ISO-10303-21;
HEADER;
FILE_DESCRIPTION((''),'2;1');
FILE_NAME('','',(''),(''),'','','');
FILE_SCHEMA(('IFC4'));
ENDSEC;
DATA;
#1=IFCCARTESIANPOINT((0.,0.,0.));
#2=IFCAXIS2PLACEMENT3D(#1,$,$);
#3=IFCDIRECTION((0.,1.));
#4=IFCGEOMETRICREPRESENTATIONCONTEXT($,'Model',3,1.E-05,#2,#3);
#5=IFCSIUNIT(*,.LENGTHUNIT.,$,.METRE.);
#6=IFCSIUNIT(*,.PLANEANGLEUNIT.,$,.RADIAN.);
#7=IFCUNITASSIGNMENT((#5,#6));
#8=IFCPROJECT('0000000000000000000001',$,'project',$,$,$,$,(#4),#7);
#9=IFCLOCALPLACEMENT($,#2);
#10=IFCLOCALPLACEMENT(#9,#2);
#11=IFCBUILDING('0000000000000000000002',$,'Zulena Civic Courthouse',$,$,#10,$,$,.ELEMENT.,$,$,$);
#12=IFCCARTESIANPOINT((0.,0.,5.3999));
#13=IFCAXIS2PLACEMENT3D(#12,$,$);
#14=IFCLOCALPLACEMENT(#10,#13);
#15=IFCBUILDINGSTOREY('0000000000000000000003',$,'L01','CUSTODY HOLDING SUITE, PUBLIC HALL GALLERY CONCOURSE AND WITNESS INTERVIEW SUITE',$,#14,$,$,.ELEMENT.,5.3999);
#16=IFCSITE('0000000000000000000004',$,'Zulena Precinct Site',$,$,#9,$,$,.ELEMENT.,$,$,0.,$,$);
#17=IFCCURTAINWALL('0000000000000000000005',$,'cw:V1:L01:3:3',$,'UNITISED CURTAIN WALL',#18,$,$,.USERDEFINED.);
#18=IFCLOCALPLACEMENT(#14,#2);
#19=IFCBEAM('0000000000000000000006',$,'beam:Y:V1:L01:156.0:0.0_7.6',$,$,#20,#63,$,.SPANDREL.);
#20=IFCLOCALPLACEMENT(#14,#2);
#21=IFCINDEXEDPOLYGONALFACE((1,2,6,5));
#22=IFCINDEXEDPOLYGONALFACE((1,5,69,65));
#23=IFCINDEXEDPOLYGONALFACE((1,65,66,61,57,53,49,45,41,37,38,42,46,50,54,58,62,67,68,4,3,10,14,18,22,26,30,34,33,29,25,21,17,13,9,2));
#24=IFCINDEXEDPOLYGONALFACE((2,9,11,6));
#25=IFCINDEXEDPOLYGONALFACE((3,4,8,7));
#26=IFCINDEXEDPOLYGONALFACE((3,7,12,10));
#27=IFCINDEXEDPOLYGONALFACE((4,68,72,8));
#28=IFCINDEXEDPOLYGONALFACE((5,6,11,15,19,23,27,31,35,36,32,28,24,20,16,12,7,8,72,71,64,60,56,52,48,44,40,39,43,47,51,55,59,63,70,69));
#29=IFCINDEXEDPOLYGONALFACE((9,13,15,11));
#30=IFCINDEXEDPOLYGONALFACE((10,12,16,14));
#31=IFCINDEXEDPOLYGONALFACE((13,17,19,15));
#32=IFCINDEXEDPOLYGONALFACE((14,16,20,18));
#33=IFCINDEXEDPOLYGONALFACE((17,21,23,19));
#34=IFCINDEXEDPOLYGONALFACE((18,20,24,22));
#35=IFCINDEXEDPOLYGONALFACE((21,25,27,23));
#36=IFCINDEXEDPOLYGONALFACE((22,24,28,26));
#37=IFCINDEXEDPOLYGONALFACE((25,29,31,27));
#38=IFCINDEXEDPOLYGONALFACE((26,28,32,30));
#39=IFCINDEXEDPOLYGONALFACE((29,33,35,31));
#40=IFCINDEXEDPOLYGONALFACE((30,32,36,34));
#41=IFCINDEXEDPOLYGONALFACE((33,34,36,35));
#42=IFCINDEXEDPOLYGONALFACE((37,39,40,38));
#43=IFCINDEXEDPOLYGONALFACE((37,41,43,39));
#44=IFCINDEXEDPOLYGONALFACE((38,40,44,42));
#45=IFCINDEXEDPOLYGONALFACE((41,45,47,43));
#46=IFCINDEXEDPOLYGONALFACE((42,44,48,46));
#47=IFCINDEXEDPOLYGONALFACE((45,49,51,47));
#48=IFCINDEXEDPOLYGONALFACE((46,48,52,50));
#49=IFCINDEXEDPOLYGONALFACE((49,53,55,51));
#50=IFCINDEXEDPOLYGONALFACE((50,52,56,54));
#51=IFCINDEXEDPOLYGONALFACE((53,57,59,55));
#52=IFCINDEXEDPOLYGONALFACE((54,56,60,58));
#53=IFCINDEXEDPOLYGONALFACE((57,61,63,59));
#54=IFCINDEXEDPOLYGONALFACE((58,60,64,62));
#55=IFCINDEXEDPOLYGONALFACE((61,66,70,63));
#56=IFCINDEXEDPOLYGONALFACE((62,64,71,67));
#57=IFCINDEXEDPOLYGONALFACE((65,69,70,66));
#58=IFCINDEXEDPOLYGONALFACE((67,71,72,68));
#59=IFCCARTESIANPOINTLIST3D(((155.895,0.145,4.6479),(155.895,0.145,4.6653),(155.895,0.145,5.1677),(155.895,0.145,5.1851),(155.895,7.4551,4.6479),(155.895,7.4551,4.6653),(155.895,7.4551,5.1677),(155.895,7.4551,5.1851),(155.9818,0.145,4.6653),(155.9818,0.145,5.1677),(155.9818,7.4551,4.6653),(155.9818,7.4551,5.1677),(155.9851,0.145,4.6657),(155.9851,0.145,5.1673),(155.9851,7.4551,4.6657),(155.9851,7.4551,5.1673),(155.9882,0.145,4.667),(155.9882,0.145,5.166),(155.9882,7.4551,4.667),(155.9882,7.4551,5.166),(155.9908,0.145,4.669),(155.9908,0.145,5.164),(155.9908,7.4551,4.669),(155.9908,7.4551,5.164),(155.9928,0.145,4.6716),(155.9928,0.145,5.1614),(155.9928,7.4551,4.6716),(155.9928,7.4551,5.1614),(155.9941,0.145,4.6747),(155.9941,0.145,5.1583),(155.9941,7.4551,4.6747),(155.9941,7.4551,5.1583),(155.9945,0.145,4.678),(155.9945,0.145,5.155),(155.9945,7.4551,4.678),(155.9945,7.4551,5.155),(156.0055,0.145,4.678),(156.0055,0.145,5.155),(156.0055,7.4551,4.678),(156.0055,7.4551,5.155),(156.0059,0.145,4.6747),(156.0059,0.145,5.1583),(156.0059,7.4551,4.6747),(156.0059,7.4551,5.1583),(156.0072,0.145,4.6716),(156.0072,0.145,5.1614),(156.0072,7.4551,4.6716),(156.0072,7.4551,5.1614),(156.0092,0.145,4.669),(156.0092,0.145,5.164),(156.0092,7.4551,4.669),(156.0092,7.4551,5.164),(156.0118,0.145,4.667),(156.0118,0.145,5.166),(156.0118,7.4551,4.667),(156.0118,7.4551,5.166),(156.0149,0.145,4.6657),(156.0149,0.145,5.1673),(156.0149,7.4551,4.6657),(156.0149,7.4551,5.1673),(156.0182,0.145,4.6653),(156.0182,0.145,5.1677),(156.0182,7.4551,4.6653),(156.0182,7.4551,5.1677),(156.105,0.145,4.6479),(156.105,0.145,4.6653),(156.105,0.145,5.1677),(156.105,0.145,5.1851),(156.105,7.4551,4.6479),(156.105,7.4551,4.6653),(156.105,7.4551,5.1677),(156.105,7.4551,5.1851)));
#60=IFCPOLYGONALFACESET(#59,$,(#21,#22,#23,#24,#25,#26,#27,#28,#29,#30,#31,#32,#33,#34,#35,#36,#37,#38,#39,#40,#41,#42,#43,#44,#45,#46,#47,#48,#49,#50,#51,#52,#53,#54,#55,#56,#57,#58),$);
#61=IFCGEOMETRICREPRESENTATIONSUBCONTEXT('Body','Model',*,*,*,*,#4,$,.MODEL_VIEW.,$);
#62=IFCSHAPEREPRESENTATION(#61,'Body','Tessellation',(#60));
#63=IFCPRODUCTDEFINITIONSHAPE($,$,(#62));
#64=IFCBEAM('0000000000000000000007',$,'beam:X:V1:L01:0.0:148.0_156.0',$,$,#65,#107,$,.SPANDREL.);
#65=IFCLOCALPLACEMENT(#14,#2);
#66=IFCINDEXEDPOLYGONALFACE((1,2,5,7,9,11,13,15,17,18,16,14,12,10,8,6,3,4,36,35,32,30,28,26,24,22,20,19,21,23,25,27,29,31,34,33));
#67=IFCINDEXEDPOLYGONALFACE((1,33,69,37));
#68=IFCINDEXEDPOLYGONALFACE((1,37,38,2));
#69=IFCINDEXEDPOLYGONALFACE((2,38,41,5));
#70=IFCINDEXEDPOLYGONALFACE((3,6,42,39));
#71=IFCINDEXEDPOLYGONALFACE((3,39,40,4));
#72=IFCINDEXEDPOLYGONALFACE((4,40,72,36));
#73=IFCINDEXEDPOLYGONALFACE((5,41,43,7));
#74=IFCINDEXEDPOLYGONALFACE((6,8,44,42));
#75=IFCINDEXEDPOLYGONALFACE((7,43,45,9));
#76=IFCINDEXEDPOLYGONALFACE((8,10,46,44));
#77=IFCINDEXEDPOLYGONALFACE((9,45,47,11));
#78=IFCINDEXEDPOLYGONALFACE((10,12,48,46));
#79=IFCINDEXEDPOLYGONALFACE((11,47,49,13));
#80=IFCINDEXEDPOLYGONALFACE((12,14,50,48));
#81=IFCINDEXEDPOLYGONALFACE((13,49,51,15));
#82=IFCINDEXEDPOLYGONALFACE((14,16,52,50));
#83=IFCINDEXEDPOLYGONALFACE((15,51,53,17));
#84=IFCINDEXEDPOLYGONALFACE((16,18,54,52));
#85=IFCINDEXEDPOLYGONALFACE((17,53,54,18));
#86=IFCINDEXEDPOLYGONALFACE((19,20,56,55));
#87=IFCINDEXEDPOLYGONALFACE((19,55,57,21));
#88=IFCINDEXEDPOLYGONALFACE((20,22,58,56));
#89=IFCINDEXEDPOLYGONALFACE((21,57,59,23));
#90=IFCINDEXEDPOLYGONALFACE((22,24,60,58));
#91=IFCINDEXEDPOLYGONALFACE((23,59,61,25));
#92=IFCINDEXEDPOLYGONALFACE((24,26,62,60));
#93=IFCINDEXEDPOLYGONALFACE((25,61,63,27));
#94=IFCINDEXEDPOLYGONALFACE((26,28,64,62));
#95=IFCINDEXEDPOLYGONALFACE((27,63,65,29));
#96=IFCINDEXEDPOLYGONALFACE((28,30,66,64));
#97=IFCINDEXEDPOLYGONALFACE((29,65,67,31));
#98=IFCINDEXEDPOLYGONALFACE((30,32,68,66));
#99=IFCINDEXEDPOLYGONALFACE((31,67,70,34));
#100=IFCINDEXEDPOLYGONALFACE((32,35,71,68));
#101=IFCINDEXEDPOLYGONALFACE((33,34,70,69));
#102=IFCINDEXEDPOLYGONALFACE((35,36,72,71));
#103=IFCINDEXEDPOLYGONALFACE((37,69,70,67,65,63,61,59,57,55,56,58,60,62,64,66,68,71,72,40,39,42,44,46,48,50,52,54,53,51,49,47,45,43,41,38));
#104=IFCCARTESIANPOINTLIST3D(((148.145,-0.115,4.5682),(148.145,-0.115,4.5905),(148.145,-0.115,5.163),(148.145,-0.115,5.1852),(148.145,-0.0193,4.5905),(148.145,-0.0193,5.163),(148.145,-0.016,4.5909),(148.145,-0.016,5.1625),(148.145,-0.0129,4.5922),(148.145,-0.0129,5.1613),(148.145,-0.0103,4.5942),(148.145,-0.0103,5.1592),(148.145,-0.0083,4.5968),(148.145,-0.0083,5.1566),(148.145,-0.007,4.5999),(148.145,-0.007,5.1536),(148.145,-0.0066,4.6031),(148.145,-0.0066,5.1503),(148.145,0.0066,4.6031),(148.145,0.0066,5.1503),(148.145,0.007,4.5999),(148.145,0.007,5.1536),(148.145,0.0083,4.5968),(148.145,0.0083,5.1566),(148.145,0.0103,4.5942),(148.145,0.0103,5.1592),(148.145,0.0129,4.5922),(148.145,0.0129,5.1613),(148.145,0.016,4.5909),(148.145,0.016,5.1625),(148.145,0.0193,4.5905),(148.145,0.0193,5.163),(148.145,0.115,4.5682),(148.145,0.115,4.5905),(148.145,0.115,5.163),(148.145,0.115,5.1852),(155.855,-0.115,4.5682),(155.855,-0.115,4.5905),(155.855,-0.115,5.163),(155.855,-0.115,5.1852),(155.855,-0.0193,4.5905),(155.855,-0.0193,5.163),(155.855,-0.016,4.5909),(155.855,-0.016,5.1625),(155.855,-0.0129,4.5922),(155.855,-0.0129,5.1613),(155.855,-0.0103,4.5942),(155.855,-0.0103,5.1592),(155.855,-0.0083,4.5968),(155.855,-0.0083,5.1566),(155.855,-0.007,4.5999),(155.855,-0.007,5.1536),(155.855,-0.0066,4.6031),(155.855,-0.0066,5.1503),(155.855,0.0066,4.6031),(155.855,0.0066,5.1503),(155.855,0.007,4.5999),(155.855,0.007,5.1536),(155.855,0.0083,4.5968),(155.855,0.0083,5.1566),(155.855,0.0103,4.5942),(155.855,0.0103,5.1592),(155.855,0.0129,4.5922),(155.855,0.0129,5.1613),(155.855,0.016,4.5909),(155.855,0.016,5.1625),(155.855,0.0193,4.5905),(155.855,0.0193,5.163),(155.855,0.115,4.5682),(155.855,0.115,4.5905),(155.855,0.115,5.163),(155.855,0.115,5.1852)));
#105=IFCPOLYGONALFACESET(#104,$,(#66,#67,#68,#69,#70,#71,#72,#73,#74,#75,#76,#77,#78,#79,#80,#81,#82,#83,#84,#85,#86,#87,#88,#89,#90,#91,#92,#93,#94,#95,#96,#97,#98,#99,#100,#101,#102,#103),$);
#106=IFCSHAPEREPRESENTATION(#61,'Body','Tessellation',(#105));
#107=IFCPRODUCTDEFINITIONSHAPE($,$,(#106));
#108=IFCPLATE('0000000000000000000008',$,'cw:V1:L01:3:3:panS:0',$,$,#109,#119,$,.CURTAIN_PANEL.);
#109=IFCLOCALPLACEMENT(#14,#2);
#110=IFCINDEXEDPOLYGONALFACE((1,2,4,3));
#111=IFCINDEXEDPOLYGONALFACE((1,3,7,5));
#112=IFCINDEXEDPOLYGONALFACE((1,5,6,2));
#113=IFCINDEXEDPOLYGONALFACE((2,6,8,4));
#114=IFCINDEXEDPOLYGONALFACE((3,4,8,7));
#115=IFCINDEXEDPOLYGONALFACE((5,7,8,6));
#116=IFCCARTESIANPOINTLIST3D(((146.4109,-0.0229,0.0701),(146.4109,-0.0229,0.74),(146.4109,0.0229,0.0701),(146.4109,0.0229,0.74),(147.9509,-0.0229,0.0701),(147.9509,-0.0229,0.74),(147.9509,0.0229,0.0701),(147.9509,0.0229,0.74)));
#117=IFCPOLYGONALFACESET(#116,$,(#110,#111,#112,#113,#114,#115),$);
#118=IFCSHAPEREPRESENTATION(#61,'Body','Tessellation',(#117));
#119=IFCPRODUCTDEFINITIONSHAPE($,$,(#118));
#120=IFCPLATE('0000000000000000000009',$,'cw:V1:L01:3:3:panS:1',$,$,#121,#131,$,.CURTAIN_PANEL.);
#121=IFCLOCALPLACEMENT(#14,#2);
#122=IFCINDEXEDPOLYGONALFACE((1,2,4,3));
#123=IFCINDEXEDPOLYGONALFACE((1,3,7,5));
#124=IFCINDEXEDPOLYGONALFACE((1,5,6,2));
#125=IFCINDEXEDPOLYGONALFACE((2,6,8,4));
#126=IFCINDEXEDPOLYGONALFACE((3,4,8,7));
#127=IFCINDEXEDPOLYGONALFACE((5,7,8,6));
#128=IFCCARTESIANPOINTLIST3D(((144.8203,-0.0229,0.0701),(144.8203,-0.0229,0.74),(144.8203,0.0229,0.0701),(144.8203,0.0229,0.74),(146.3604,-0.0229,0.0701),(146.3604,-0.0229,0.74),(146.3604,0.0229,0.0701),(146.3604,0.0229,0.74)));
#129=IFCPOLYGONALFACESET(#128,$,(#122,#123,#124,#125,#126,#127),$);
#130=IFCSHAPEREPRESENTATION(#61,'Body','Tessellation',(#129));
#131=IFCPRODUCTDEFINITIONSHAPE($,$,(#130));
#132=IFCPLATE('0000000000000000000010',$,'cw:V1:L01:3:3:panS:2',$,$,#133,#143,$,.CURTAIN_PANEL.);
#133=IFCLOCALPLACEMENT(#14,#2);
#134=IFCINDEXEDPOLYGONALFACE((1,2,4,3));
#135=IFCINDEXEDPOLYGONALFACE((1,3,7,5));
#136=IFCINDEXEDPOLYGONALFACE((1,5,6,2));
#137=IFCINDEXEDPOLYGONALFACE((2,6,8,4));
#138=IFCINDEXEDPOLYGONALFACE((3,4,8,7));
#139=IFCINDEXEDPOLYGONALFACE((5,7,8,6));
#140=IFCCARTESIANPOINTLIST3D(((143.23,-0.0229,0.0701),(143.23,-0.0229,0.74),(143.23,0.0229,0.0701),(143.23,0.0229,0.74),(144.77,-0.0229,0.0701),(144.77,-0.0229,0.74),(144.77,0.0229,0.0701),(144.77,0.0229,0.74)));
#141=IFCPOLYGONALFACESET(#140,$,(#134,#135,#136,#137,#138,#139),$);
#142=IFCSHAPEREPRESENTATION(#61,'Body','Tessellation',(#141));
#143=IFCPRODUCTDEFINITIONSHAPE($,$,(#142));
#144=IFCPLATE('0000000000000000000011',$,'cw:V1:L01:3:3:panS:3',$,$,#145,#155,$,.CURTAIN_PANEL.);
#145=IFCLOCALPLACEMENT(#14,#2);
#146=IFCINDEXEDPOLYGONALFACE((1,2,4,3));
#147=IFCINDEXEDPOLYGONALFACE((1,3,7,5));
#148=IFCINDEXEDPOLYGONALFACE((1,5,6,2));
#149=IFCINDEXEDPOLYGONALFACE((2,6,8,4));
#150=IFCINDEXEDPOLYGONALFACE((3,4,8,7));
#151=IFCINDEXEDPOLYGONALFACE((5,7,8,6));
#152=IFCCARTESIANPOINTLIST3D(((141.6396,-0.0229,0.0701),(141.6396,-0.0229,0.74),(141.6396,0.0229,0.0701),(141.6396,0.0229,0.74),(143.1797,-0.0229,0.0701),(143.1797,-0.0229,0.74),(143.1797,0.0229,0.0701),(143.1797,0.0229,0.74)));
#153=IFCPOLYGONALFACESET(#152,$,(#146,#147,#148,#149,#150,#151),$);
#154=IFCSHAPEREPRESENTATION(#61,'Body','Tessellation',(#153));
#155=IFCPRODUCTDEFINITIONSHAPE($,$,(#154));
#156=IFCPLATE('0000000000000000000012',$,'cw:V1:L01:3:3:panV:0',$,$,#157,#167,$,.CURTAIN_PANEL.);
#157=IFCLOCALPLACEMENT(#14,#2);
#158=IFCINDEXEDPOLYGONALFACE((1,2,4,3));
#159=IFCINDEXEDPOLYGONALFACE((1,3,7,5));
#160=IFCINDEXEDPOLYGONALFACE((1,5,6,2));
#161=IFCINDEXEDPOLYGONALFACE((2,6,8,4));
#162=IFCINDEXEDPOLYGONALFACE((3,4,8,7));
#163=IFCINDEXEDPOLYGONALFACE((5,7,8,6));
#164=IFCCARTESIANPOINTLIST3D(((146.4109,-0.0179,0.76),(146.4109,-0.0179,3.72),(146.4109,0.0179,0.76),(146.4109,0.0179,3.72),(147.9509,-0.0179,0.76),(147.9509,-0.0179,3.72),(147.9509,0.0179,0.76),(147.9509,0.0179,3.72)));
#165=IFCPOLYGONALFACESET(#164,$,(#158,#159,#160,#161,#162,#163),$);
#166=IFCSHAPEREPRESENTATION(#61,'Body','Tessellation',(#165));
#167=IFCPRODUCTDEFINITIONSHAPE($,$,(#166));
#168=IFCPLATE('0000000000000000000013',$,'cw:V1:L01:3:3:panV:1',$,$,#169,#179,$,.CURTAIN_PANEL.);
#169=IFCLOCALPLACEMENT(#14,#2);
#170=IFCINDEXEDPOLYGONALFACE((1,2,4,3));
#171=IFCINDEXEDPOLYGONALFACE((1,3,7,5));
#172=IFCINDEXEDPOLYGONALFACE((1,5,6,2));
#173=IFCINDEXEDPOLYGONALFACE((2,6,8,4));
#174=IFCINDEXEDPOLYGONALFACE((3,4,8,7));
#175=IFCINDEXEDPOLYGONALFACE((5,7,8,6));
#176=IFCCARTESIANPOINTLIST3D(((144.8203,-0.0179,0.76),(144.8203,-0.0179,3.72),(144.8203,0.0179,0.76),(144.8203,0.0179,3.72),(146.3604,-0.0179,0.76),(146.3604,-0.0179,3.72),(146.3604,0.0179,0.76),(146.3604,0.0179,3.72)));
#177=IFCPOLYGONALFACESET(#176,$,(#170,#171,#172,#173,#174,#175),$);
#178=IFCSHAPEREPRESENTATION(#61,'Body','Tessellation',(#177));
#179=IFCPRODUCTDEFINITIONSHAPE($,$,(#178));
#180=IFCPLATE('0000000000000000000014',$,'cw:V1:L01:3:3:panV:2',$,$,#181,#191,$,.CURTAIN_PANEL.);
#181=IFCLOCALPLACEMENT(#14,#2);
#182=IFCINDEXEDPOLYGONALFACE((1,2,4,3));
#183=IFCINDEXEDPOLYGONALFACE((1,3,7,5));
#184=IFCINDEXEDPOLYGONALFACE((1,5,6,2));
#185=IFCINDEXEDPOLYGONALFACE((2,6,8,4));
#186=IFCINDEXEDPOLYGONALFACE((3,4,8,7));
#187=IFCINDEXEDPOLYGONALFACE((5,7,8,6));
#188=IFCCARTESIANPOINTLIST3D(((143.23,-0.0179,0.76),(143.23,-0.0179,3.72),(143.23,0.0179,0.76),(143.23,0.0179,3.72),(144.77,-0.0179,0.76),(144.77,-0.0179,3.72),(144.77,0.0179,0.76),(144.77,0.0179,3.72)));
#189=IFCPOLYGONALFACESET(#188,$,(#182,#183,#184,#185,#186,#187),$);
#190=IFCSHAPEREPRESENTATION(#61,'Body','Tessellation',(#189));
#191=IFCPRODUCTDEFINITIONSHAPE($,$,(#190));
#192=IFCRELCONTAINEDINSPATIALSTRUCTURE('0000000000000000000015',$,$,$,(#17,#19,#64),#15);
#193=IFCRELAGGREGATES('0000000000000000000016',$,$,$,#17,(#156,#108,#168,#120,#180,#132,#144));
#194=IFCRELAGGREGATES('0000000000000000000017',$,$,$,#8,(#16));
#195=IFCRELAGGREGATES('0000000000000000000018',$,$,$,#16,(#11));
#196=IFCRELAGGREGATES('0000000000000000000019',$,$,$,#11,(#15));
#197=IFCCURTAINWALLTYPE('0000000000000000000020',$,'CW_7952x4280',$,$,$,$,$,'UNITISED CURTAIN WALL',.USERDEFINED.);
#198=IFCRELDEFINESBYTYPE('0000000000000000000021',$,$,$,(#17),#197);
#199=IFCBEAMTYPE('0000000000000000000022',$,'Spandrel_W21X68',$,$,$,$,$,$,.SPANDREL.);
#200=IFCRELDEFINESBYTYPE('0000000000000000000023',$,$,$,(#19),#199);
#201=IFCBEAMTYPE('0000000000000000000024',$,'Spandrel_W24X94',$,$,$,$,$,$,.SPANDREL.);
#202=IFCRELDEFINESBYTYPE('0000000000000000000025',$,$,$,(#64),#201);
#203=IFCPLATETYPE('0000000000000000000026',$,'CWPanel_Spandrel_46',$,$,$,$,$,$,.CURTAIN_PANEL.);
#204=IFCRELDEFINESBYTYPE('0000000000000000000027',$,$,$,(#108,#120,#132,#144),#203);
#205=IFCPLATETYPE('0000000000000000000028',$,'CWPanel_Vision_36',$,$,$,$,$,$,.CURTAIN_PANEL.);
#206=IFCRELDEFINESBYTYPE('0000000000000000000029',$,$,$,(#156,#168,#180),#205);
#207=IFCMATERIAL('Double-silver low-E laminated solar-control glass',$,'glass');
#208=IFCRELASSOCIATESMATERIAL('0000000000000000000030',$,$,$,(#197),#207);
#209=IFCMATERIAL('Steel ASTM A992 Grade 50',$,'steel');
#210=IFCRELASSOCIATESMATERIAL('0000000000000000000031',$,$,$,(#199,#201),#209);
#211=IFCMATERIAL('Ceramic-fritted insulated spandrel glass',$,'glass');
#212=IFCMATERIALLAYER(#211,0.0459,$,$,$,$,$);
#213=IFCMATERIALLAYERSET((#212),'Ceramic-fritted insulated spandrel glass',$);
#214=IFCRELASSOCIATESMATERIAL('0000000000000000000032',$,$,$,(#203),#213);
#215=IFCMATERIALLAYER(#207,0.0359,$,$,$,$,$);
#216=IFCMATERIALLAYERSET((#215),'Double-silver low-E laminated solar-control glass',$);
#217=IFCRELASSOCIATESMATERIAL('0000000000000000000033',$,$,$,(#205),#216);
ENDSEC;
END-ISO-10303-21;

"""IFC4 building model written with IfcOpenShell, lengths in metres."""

from ifc_helpers import new_model, si_unit, direction, frame, origin, origin_2d, place, context, subcontext, project, spatial, rectangle, i_section, extrude, material, layer, layer_set, material_profile, profile_set, type_object, element, aggregate, save


model = new_model("IFC4")

# Units and contexts
model_context = context("Model", 3, precision=1e-05, world=origin(), true_north=direction((0.0, 1.0)))
body_context = subcontext(model_context, "Body", "Model", "MODEL_VIEW")
ifc_project = project(units=[si_unit("LENGTHUNIT", "METRE"), si_unit("PLANEANGLEUNIT", "RADIAN")], contexts=[model_context])

# Site, building, storey
site_placement = place(None, origin())
site = spatial("IfcSite", under=ifc_project, at=site_placement, Name="Zulena Precinct Site", CompositionType="ELEMENT", RefElevation=0.0)
building_placement = place(site_placement, origin())
building = spatial("IfcBuilding", under=site, at=building_placement, Name="Zulena Civic Courthouse", CompositionType="ELEMENT")
storey_placement = place(building_placement, frame((0.0, 0.0, 5.3999)))
storey = spatial("IfcBuildingStorey", under=building, at=storey_placement, Name="L01", Description="CUSTODY HOLDING SUITE, PUBLIC HALL GALLERY CONCOURSE AND WITNESS INTERVIEW SUITE", CompositionType="ELEMENT", Elevation=5.3999)

# Shared definitions
ifc_material_1 = material(Name="Steel ASTM A992 Grade 50", Category="steel")

# Curtain wall
ifc_material_2 = material(Name="Double-silver low-E laminated solar-control glass", Category="glass")
curtain_wall_type = type_object("IfcCurtainWallType", Name="CW_7952x4280", ElementType="UNITISED CURTAIN WALL", PredefinedType="USERDEFINED", material=ifc_material_2)
curtain_wall_placement = place(storey_placement, origin())
curtain_wall = element("IfcCurtainWall", 1, at=curtain_wall_placement, inside=storey, type_object=curtain_wall_type, Name="cw:V1:L01:3:3", ObjectType="UNITISED CURTAIN WALL", PredefinedType="USERDEFINED")

# Beams
ifc_material_profile_1 = material_profile(ifc_material_1, i_section(OverallWidth=0.21, OverallDepth=0.5371, WebThickness=0.011, FlangeThickness=0.0173, FilletRadius=0.0127, at=origin_2d()), Name="W21X68")
ifc_profile_set_1 = profile_set([ifc_material_profile_1], Name="Steel ASTM A992 Grade 50")
beam_type_1 = type_object("IfcBeamType", Name="Spandrel_W21X68", PredefinedType="SPANDREL", material=ifc_profile_set_1)
for number, where, z_axis, x_axis, name in (
    (2, (156.0, 0.145, 4.9165), (0.0, 1.0, 0.0), (-1.0, 0.0, 0.0), "beam:Y:V1:L01:156.0:0.0_7.6"),
):
    element("IfcBeam", number, at=place(storey_placement, frame(where, z_axis=z_axis, x_axis=x_axis)), inside=storey, type_object=beam_type_1, Name=name, PredefinedType="SPANDREL", context=body_context, shape_type="SweptSolid", body=[
        extrude(i_section(OverallWidth=0.21, OverallDepth=0.5371, WebThickness=0.011, FlangeThickness=0.0173, FilletRadius=0.0127, at=origin_2d()), origin(), (0.0, 0.0, 1.0), 7.3101),
    ])
ifc_material_profile_2 = material_profile(ifc_material_1, i_section(OverallWidth=0.23, OverallDepth=0.6169, WebThickness=0.0132, FlangeThickness=0.0222, FilletRadius=0.0127, at=origin_2d()), Name="W24X94")
ifc_profile_set_2 = profile_set([ifc_material_profile_2], Name="Steel ASTM A992 Grade 50")
beam_type_2 = type_object("IfcBeamType", Name="Spandrel_W24X94", PredefinedType="SPANDREL", material=ifc_profile_set_2)
beam_1_placement = place(storey_placement, frame((148.145, 0.0, 4.8767), z_axis=(1.0, 0.0, 0.0), x_axis=(0.0, 1.0, 0.0)))
element("IfcBeam", 3, at=beam_1_placement, inside=storey, type_object=beam_type_2, Name="beam:X:V1:L01:0.0:148.0_156.0", PredefinedType="SPANDREL", context=body_context, shape_type="SweptSolid", body=[
    extrude(i_section(OverallWidth=0.23, OverallDepth=0.6169, WebThickness=0.0132, FlangeThickness=0.0222, FilletRadius=0.0127, at=origin_2d()), origin(), (0.0, 0.0, 1.0), 7.71),
])

# Plates
ifc_material_3 = material(Name="Ceramic-fritted insulated spandrel glass", Category="glass")
ifc_layer_1 = layer(ifc_material_3, 0.0459)
ifc_layer_set_1 = layer_set([ifc_layer_1], Name="Ceramic-fritted insulated spandrel glass")
plate_type_1 = type_object("IfcPlateType", Name="CWPanel_Spandrel_46", PredefinedType="CURTAIN_PANEL", material=ifc_layer_set_1)
plate_1_placement = place(storey_placement, frame((147.1809, 0.0, 0.0701), z_axis=(0.0, 0.0, 1.0), x_axis=(-1.0, 0.0, 0.0)))
plate_1 = element("IfcPlate", 4, at=plate_1_placement, type_object=plate_type_1, Name="cw:V1:L01:3:3:panS:0", PredefinedType="CURTAIN_PANEL", context=body_context, shape_type="SweptSolid", body=[
    extrude(rectangle(XDim=1.54, YDim=0.0459, at=origin_2d()), origin(), (0.0, 0.0, 1.0), 0.6699),
])
plate_2_placement = place(storey_placement, frame((145.5903, 0.0, 0.0701), z_axis=(0.0, 0.0, 1.0), x_axis=(-1.0, 0.0, 0.0)))
plate_2 = element("IfcPlate", 5, at=plate_2_placement, type_object=plate_type_1, Name="cw:V1:L01:3:3:panS:1", PredefinedType="CURTAIN_PANEL", context=body_context, shape_type="SweptSolid", body=[
    extrude(rectangle(XDim=1.54, YDim=0.0459, at=origin_2d()), origin(), (0.0, 0.0, 1.0), 0.6699),
])
plate_3_placement = place(storey_placement, frame((144.0, 0.0, 0.0701), z_axis=(0.0, 0.0, 1.0), x_axis=(-1.0, 0.0, 0.0)))
plate_3 = element("IfcPlate", 6, at=plate_3_placement, type_object=plate_type_1, Name="cw:V1:L01:3:3:panS:2", PredefinedType="CURTAIN_PANEL", context=body_context, shape_type="SweptSolid", body=[
    extrude(rectangle(XDim=1.54, YDim=0.0459, at=origin_2d()), origin(), (0.0, 0.0, 1.0), 0.6699),
])
plate_4_placement = place(storey_placement, frame((142.4097, 0.0, 0.0701), z_axis=(0.0, 0.0, 1.0), x_axis=(-1.0, 0.0, 0.0)))
plate_4 = element("IfcPlate", 7, at=plate_4_placement, type_object=plate_type_1, Name="cw:V1:L01:3:3:panS:3", PredefinedType="CURTAIN_PANEL", context=body_context, shape_type="SweptSolid", body=[
    extrude(rectangle(XDim=1.54, YDim=0.0459, at=origin_2d()), origin(), (0.0, 0.0, 1.0), 0.6699),
])
ifc_layer_2 = layer(ifc_material_2, 0.0359)
ifc_layer_set_2 = layer_set([ifc_layer_2], Name="Double-silver low-E laminated solar-control glass")
plate_type_2 = type_object("IfcPlateType", Name="CWPanel_Vision_36", PredefinedType="CURTAIN_PANEL", material=ifc_layer_set_2)
plate_5_placement = place(storey_placement, frame((147.1809, 0.0, 0.76), z_axis=(0.0, 0.0, 1.0), x_axis=(-1.0, 0.0, 0.0)))
plate_5 = element("IfcPlate", 8, at=plate_5_placement, type_object=plate_type_2, Name="cw:V1:L01:3:3:panV:0", PredefinedType="CURTAIN_PANEL", context=body_context, shape_type="SweptSolid", body=[
    extrude(rectangle(XDim=1.54, YDim=0.0359, at=origin_2d()), origin(), (0.0, 0.0, 1.0), 2.96),
])
plate_6_placement = place(storey_placement, frame((145.5903, 0.0, 0.76), z_axis=(0.0, 0.0, 1.0), x_axis=(-1.0, 0.0, 0.0)))
plate_6 = element("IfcPlate", 9, at=plate_6_placement, type_object=plate_type_2, Name="cw:V1:L01:3:3:panV:1", PredefinedType="CURTAIN_PANEL", context=body_context, shape_type="SweptSolid", body=[
    extrude(rectangle(XDim=1.54, YDim=0.0359, at=origin_2d()), origin(), (0.0, 0.0, 1.0), 2.96),
])
plate_7_placement = place(storey_placement, frame((144.0, 0.0, 0.76), z_axis=(0.0, 0.0, 1.0), x_axis=(-1.0, 0.0, 0.0)))
plate_7 = element("IfcPlate", 10, at=plate_7_placement, type_object=plate_type_2, Name="cw:V1:L01:3:3:panV:2", PredefinedType="CURTAIN_PANEL", context=body_context, shape_type="SweptSolid", body=[
    extrude(rectangle(XDim=1.54, YDim=0.0359, at=origin_2d()), origin(), (0.0, 0.0, 1.0), 2.96),
])
aggregate(curtain_wall, [plate_5, plate_1, plate_6, plate_2, plate_7, plate_3, plate_4])

save(model, "model.ifc")
